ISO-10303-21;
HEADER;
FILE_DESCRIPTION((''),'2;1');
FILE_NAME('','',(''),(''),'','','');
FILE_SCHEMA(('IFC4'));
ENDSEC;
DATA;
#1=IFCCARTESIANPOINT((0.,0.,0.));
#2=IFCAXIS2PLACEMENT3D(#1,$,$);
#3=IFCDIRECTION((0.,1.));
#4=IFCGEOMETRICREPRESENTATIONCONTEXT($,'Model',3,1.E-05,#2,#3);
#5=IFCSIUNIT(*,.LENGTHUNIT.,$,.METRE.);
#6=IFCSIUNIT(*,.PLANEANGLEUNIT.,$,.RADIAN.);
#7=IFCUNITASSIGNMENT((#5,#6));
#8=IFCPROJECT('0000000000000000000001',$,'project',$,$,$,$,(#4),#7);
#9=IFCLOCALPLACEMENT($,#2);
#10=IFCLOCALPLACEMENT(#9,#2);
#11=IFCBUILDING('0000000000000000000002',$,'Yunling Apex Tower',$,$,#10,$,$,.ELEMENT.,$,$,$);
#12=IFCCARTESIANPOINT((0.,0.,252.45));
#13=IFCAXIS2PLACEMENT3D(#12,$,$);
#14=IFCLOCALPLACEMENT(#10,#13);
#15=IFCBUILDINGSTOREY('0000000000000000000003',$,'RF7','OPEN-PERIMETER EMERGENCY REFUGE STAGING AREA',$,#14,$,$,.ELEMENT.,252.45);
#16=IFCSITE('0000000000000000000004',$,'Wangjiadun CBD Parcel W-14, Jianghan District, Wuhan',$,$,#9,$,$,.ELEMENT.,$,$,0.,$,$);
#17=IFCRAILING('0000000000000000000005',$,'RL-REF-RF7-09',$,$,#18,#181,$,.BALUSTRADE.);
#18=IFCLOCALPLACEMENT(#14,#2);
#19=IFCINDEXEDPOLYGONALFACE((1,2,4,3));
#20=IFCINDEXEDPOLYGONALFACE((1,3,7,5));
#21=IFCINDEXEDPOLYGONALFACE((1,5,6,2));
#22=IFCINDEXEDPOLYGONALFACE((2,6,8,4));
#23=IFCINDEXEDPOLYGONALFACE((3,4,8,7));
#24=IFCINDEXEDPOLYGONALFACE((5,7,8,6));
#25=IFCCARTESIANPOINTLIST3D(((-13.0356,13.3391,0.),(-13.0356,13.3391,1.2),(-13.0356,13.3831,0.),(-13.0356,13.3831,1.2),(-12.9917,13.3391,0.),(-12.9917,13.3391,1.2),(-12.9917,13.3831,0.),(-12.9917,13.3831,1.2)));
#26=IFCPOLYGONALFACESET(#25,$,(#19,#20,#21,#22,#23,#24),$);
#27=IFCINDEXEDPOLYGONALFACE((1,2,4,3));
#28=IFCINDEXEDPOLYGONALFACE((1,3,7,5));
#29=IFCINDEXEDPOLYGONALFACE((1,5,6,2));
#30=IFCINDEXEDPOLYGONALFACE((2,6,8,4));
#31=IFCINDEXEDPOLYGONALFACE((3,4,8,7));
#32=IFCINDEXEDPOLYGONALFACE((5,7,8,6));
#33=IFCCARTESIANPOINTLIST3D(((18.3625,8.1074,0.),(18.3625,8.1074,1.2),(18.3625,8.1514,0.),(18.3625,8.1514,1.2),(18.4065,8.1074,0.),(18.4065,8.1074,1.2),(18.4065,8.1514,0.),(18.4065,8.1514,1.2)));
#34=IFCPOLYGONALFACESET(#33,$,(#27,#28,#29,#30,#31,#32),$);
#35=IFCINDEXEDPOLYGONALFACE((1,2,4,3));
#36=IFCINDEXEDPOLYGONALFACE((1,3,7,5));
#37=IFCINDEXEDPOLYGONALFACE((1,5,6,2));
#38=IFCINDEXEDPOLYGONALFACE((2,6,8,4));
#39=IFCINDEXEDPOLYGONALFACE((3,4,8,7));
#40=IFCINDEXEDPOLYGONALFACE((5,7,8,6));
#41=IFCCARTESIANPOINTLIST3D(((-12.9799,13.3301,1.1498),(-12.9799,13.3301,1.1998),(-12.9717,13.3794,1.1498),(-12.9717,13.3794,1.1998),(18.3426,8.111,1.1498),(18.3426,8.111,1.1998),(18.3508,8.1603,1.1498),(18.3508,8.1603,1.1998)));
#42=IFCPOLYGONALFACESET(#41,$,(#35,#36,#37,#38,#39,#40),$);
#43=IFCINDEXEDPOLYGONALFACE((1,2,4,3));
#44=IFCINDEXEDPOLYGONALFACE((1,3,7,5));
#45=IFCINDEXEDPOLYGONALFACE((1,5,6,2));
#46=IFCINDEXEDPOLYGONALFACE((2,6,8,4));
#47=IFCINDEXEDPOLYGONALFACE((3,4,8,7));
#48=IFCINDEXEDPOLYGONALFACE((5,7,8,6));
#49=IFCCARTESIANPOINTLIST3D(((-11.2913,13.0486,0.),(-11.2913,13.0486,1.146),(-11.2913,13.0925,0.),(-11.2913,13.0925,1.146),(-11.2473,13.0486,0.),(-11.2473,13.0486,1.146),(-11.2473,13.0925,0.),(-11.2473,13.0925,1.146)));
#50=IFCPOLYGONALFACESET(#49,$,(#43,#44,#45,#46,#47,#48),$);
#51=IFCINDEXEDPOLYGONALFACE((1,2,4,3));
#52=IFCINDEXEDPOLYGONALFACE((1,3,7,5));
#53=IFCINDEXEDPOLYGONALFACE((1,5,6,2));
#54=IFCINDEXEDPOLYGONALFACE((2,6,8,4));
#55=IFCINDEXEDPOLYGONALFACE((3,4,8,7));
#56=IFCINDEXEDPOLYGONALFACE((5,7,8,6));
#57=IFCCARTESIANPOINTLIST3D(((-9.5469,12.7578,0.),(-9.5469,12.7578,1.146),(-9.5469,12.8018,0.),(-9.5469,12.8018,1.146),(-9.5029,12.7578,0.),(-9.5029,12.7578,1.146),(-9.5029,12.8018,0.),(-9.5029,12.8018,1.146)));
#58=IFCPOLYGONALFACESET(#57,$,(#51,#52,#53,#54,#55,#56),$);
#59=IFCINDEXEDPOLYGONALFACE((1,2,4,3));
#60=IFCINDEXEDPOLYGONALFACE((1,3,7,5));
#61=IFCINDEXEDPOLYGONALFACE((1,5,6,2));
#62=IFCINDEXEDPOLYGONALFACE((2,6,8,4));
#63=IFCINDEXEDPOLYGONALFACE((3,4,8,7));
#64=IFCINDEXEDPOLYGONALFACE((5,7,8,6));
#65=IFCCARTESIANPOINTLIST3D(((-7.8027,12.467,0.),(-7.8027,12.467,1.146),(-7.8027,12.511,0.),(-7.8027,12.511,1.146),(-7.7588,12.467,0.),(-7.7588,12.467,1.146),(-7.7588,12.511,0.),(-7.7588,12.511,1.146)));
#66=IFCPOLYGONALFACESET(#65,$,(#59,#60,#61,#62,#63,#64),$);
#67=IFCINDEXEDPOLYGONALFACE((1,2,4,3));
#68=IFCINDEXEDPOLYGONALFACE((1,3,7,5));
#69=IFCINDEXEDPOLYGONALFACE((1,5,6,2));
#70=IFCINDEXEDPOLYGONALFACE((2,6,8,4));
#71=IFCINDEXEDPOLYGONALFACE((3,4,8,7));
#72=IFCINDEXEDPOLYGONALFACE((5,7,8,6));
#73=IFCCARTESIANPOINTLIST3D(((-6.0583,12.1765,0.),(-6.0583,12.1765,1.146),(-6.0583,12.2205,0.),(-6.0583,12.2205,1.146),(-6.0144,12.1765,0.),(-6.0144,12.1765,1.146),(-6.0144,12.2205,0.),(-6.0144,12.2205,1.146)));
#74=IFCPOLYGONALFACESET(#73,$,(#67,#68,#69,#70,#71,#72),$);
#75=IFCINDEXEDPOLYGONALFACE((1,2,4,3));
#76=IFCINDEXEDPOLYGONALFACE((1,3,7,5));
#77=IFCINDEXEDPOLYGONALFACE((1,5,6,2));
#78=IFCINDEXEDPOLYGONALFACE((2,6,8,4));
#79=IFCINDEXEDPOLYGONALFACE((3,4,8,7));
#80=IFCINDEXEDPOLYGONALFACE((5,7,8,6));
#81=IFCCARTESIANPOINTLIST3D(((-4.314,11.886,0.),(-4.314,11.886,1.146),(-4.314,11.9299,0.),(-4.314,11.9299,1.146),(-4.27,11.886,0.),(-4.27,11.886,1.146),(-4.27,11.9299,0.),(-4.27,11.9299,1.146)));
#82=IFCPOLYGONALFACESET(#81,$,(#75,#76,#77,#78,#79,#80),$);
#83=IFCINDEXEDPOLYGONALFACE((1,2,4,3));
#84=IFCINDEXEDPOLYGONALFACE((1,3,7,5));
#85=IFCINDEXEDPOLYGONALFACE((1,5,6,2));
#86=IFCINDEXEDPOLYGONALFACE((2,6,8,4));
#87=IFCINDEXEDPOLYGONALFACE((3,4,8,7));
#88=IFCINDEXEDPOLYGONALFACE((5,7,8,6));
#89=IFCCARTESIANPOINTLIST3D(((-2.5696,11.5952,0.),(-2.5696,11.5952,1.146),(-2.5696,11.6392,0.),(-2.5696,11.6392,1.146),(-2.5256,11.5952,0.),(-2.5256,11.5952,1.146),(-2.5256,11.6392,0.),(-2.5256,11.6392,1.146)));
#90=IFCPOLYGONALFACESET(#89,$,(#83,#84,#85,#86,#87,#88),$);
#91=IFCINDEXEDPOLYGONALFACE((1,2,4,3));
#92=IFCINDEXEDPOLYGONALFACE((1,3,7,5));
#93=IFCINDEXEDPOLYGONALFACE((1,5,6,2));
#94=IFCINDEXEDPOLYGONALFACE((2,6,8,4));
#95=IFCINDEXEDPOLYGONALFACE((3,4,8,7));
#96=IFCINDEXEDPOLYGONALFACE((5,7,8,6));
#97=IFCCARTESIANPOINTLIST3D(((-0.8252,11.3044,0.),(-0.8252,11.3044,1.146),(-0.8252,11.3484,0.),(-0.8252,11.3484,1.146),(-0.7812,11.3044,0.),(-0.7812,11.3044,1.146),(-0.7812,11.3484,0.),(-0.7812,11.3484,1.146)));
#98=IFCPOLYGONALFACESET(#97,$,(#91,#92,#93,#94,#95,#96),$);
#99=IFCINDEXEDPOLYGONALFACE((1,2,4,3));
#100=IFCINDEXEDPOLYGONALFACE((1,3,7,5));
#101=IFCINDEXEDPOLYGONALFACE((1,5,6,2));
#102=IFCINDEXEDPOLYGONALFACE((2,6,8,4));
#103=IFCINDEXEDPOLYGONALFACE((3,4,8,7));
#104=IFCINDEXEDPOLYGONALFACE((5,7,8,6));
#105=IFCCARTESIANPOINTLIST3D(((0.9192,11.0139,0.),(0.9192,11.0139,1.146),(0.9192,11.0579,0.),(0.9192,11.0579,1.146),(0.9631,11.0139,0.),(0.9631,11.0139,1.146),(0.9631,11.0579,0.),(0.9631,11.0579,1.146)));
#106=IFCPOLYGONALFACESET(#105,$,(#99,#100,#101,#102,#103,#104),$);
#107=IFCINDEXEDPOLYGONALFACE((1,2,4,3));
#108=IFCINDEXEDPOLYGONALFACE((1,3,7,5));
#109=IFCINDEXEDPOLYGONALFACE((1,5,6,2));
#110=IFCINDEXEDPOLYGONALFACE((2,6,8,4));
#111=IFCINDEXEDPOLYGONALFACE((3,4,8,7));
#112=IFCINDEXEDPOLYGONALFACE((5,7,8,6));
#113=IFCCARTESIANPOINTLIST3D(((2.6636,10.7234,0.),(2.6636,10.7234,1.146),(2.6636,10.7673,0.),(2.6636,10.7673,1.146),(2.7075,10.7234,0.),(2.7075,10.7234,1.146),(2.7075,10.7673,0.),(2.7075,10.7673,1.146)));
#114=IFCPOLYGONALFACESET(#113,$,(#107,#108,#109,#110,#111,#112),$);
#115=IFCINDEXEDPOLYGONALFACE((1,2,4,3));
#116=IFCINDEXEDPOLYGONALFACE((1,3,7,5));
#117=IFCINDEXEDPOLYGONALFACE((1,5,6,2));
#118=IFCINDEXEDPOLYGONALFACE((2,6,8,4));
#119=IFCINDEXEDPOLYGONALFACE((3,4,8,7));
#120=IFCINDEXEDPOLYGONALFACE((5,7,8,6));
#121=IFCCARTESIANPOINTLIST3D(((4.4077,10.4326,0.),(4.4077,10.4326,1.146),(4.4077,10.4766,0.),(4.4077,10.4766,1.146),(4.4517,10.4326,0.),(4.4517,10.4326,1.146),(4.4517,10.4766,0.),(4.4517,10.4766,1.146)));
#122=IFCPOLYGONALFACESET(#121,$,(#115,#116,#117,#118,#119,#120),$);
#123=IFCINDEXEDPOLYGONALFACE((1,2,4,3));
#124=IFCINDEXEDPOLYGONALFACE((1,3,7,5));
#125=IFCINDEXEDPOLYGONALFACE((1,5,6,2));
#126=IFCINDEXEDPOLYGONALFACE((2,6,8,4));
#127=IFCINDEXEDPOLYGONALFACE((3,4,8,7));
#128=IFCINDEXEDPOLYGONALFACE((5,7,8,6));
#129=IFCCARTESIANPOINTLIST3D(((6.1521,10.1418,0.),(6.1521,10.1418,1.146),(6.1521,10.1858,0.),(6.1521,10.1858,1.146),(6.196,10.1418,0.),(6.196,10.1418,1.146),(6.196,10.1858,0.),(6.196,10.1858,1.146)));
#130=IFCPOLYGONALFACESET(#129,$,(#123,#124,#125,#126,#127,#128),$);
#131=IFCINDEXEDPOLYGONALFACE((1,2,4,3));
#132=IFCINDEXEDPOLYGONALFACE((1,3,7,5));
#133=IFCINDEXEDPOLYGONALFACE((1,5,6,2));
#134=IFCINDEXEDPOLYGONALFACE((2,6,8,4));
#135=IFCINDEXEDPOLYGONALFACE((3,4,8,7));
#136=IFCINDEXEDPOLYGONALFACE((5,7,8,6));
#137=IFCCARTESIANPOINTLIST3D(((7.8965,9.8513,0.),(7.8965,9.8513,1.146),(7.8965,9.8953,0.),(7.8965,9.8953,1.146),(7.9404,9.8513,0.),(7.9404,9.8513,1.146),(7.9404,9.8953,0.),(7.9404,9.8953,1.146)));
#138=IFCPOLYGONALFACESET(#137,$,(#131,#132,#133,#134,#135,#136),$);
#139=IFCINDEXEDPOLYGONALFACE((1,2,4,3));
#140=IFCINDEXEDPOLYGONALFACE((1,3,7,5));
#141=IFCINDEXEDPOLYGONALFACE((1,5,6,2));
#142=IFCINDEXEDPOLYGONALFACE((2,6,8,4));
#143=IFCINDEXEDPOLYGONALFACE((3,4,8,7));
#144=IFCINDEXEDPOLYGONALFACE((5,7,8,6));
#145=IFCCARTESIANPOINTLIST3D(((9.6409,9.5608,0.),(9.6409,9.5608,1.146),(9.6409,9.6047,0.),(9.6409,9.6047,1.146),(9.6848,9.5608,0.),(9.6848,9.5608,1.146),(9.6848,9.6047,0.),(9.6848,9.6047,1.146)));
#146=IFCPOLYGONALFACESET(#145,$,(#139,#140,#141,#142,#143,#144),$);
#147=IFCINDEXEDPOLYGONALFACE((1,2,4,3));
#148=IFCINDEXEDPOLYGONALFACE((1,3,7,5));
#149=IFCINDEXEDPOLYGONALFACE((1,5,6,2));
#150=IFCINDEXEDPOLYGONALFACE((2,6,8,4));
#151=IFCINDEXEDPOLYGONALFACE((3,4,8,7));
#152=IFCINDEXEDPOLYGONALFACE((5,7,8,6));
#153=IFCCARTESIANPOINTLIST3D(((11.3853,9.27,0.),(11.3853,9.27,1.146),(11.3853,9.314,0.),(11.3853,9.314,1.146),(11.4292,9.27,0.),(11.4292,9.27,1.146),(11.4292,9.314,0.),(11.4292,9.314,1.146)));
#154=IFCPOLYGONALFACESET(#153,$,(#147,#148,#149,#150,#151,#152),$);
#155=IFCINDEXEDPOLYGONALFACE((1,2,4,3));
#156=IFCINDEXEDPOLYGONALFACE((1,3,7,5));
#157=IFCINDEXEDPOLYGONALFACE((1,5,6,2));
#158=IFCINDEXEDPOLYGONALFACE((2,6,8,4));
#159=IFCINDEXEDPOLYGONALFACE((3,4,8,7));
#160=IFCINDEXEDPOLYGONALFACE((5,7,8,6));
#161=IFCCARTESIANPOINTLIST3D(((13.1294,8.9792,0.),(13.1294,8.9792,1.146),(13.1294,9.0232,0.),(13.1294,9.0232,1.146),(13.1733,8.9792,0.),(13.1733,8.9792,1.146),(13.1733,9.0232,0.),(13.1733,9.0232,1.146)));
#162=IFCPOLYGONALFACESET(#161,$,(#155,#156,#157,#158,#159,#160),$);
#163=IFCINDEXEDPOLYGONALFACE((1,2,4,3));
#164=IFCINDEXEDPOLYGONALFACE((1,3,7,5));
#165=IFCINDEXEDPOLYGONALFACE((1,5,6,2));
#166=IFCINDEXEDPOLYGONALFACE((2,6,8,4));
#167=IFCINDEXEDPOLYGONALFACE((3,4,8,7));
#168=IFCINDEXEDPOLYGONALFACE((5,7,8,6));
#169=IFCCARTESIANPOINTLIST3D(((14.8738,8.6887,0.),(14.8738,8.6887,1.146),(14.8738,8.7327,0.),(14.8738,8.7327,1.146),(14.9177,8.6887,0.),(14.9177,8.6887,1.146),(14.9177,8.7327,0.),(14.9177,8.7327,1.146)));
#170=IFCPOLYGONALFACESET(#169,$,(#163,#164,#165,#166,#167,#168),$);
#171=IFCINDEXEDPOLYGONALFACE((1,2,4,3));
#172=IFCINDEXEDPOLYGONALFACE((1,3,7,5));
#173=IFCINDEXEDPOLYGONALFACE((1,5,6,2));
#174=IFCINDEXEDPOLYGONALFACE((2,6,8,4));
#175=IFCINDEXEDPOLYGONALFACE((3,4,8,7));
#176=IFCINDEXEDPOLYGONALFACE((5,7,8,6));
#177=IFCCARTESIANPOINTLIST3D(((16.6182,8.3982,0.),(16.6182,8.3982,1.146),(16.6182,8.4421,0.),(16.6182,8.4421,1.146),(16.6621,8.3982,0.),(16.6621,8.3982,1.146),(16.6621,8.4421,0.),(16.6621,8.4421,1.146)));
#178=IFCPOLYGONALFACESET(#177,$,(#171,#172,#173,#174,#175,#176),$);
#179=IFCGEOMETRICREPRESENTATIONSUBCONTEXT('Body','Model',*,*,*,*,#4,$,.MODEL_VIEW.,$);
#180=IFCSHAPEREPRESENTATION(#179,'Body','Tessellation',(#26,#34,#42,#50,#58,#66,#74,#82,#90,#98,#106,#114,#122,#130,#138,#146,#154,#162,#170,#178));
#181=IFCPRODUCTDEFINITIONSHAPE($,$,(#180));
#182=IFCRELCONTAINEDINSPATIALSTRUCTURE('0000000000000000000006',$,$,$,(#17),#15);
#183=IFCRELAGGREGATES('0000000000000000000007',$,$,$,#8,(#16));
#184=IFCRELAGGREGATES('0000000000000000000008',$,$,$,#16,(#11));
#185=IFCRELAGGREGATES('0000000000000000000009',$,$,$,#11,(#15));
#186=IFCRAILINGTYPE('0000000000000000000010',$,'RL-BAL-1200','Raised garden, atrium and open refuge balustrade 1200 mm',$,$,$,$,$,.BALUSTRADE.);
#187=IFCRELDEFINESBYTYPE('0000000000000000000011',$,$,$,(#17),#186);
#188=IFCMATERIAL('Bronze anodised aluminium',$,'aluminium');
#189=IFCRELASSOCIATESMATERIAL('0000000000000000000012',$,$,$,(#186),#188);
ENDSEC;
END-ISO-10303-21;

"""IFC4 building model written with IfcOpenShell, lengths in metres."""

from ifc_helpers import new_model, si_unit, direction, frame, origin, origin_2d, place, context, subcontext, project, spatial, rectangle, extrude, material, type_object, element, save


model = new_model("IFC4")

# Units and contexts
model_context = context("Model", 3, precision=1e-05, world=origin(), true_north=direction((0.0, 1.0)))
body_context = subcontext(model_context, "Body", "Model", "MODEL_VIEW")
ifc_project = project(units=[si_unit("LENGTHUNIT", "METRE"), si_unit("PLANEANGLEUNIT", "RADIAN")], contexts=[model_context])

# Site, building, storey
site_placement = place(None, origin())
site = spatial("IfcSite", under=ifc_project, at=site_placement, Name="Wangjiadun CBD Parcel W-14, Jianghan District, Wuhan", CompositionType="ELEMENT", RefElevation=0.0)
building_placement = place(site_placement, origin())
building = spatial("IfcBuilding", under=site, at=building_placement, Name="Yunling Apex Tower", CompositionType="ELEMENT")
storey_placement = place(building_placement, frame((0.0, 0.0, 252.45)))
storey = spatial("IfcBuildingStorey", under=building, at=storey_placement, Name="RF7", Description="OPEN-PERIMETER EMERGENCY REFUGE STAGING AREA", CompositionType="ELEMENT", Elevation=252.45)

# Railing
ifc_material_1 = material(Name="Bronze anodised aluminium", Category="aluminium")
railing_type = type_object("IfcRailingType", Name="RL-BAL-1200", Description="Raised garden, atrium and open refuge balustrade 1200 mm", PredefinedType="BALUSTRADE", material=ifc_material_1)
railing_1_placement = place(storey_placement, frame((-13.0137, 13.3611, 0.0)))
element("IfcRailing", 1, at=railing_1_placement, inside=storey, type_object=railing_type, Name="RL-REF-RF7-09", PredefinedType="BALUSTRADE", context=body_context, shape_type="SweptSolid", body=[
    extrude(rectangle(XDim=0.0439, YDim=0.0439, at=origin_2d()), origin(), (0.0, 0.0, 1.0), 1.2),
    extrude(rectangle(XDim=0.0439, YDim=0.0439, at=origin_2d()), frame((31.3982, -5.2317, 0.0)), (0.0, 0.0, 1.0), 1.2),
    extrude(rectangle(XDim=0.05, YDim=0.05, at=origin_2d()), frame((0.0378, -0.0063, 1.1748), z_axis=(0.986401, -0.164358, 0.0), x_axis=(0.164358, 0.986401, 0.0)), (0.0, 0.0, 1.0), 31.7544),
    extrude(rectangle(XDim=0.0439, YDim=0.0439, at=origin_2d()), frame((1.7444, -0.2905, 0.0)), (0.0, 0.0, 1.0), 1.146),
    extrude(rectangle(XDim=0.0439, YDim=0.0439, at=origin_2d()), frame((3.4888, -0.5813, 0.0)), (0.0, 0.0, 1.0), 1.146),
    extrude(rectangle(XDim=0.0439, YDim=0.0439, at=origin_2d()), frame((5.2329, -0.8721, 0.0)), (0.0, 0.0, 1.0), 1.146),
    extrude(rectangle(XDim=0.0439, YDim=0.0439, at=origin_2d()), frame((6.9773, -1.1626, 0.0)), (0.0, 0.0, 1.0), 1.146),
    extrude(rectangle(XDim=0.0439, YDim=0.0439, at=origin_2d()), frame((8.7217, -1.4531, 0.0)), (0.0, 0.0, 1.0), 1.146),
    extrude(rectangle(XDim=0.0439, YDim=0.0439, at=origin_2d()), frame((10.4661, -1.7439, 0.0)), (0.0, 0.0, 1.0), 1.146),
    extrude(rectangle(XDim=0.0439, YDim=0.0439, at=origin_2d()), frame((12.2104, -2.0347, 0.0)), (0.0, 0.0, 1.0), 1.146),
    extrude(rectangle(XDim=0.0439, YDim=0.0439, at=origin_2d()), frame((13.9548, -2.3252, 0.0)), (0.0, 0.0, 1.0), 1.146),
    extrude(rectangle(XDim=0.0439, YDim=0.0439, at=origin_2d()), frame((15.6992, -2.6157, 0.0)), (0.0, 0.0, 1.0), 1.146),
    extrude(rectangle(XDim=0.0439, YDim=0.0439, at=origin_2d()), frame((17.4434, -2.9065, 0.0)), (0.0, 0.0, 1.0), 1.146),
    extrude(rectangle(XDim=0.0439, YDim=0.0439, at=origin_2d()), frame((19.1877, -3.1973, 0.0)), (0.0, 0.0, 1.0), 1.146),
    extrude(rectangle(XDim=0.0439, YDim=0.0439, at=origin_2d()), frame((20.9321, -3.4878, 0.0)), (0.0, 0.0, 1.0), 1.146),
    extrude(rectangle(XDim=0.0439, YDim=0.0439, at=origin_2d()), frame((22.6765, -3.7783, 0.0)), (0.0, 0.0, 1.0), 1.146),
    extrude(rectangle(XDim=0.0439, YDim=0.0439, at=origin_2d()), frame((24.4209, -4.0691, 0.0)), (0.0, 0.0, 1.0), 1.146),
    extrude(rectangle(XDim=0.0439, YDim=0.0439, at=origin_2d()), frame((26.165, -4.3599, 0.0)), (0.0, 0.0, 1.0), 1.146),
    extrude(rectangle(XDim=0.0439, YDim=0.0439, at=origin_2d()), frame((27.9094, -4.6504, 0.0)), (0.0, 0.0, 1.0), 1.146),
    extrude(rectangle(XDim=0.0439, YDim=0.0439, at=origin_2d()), frame((29.6538, -4.9409, 0.0)), (0.0, 0.0, 1.0), 1.146),
])

save(model, "model.ifc")
